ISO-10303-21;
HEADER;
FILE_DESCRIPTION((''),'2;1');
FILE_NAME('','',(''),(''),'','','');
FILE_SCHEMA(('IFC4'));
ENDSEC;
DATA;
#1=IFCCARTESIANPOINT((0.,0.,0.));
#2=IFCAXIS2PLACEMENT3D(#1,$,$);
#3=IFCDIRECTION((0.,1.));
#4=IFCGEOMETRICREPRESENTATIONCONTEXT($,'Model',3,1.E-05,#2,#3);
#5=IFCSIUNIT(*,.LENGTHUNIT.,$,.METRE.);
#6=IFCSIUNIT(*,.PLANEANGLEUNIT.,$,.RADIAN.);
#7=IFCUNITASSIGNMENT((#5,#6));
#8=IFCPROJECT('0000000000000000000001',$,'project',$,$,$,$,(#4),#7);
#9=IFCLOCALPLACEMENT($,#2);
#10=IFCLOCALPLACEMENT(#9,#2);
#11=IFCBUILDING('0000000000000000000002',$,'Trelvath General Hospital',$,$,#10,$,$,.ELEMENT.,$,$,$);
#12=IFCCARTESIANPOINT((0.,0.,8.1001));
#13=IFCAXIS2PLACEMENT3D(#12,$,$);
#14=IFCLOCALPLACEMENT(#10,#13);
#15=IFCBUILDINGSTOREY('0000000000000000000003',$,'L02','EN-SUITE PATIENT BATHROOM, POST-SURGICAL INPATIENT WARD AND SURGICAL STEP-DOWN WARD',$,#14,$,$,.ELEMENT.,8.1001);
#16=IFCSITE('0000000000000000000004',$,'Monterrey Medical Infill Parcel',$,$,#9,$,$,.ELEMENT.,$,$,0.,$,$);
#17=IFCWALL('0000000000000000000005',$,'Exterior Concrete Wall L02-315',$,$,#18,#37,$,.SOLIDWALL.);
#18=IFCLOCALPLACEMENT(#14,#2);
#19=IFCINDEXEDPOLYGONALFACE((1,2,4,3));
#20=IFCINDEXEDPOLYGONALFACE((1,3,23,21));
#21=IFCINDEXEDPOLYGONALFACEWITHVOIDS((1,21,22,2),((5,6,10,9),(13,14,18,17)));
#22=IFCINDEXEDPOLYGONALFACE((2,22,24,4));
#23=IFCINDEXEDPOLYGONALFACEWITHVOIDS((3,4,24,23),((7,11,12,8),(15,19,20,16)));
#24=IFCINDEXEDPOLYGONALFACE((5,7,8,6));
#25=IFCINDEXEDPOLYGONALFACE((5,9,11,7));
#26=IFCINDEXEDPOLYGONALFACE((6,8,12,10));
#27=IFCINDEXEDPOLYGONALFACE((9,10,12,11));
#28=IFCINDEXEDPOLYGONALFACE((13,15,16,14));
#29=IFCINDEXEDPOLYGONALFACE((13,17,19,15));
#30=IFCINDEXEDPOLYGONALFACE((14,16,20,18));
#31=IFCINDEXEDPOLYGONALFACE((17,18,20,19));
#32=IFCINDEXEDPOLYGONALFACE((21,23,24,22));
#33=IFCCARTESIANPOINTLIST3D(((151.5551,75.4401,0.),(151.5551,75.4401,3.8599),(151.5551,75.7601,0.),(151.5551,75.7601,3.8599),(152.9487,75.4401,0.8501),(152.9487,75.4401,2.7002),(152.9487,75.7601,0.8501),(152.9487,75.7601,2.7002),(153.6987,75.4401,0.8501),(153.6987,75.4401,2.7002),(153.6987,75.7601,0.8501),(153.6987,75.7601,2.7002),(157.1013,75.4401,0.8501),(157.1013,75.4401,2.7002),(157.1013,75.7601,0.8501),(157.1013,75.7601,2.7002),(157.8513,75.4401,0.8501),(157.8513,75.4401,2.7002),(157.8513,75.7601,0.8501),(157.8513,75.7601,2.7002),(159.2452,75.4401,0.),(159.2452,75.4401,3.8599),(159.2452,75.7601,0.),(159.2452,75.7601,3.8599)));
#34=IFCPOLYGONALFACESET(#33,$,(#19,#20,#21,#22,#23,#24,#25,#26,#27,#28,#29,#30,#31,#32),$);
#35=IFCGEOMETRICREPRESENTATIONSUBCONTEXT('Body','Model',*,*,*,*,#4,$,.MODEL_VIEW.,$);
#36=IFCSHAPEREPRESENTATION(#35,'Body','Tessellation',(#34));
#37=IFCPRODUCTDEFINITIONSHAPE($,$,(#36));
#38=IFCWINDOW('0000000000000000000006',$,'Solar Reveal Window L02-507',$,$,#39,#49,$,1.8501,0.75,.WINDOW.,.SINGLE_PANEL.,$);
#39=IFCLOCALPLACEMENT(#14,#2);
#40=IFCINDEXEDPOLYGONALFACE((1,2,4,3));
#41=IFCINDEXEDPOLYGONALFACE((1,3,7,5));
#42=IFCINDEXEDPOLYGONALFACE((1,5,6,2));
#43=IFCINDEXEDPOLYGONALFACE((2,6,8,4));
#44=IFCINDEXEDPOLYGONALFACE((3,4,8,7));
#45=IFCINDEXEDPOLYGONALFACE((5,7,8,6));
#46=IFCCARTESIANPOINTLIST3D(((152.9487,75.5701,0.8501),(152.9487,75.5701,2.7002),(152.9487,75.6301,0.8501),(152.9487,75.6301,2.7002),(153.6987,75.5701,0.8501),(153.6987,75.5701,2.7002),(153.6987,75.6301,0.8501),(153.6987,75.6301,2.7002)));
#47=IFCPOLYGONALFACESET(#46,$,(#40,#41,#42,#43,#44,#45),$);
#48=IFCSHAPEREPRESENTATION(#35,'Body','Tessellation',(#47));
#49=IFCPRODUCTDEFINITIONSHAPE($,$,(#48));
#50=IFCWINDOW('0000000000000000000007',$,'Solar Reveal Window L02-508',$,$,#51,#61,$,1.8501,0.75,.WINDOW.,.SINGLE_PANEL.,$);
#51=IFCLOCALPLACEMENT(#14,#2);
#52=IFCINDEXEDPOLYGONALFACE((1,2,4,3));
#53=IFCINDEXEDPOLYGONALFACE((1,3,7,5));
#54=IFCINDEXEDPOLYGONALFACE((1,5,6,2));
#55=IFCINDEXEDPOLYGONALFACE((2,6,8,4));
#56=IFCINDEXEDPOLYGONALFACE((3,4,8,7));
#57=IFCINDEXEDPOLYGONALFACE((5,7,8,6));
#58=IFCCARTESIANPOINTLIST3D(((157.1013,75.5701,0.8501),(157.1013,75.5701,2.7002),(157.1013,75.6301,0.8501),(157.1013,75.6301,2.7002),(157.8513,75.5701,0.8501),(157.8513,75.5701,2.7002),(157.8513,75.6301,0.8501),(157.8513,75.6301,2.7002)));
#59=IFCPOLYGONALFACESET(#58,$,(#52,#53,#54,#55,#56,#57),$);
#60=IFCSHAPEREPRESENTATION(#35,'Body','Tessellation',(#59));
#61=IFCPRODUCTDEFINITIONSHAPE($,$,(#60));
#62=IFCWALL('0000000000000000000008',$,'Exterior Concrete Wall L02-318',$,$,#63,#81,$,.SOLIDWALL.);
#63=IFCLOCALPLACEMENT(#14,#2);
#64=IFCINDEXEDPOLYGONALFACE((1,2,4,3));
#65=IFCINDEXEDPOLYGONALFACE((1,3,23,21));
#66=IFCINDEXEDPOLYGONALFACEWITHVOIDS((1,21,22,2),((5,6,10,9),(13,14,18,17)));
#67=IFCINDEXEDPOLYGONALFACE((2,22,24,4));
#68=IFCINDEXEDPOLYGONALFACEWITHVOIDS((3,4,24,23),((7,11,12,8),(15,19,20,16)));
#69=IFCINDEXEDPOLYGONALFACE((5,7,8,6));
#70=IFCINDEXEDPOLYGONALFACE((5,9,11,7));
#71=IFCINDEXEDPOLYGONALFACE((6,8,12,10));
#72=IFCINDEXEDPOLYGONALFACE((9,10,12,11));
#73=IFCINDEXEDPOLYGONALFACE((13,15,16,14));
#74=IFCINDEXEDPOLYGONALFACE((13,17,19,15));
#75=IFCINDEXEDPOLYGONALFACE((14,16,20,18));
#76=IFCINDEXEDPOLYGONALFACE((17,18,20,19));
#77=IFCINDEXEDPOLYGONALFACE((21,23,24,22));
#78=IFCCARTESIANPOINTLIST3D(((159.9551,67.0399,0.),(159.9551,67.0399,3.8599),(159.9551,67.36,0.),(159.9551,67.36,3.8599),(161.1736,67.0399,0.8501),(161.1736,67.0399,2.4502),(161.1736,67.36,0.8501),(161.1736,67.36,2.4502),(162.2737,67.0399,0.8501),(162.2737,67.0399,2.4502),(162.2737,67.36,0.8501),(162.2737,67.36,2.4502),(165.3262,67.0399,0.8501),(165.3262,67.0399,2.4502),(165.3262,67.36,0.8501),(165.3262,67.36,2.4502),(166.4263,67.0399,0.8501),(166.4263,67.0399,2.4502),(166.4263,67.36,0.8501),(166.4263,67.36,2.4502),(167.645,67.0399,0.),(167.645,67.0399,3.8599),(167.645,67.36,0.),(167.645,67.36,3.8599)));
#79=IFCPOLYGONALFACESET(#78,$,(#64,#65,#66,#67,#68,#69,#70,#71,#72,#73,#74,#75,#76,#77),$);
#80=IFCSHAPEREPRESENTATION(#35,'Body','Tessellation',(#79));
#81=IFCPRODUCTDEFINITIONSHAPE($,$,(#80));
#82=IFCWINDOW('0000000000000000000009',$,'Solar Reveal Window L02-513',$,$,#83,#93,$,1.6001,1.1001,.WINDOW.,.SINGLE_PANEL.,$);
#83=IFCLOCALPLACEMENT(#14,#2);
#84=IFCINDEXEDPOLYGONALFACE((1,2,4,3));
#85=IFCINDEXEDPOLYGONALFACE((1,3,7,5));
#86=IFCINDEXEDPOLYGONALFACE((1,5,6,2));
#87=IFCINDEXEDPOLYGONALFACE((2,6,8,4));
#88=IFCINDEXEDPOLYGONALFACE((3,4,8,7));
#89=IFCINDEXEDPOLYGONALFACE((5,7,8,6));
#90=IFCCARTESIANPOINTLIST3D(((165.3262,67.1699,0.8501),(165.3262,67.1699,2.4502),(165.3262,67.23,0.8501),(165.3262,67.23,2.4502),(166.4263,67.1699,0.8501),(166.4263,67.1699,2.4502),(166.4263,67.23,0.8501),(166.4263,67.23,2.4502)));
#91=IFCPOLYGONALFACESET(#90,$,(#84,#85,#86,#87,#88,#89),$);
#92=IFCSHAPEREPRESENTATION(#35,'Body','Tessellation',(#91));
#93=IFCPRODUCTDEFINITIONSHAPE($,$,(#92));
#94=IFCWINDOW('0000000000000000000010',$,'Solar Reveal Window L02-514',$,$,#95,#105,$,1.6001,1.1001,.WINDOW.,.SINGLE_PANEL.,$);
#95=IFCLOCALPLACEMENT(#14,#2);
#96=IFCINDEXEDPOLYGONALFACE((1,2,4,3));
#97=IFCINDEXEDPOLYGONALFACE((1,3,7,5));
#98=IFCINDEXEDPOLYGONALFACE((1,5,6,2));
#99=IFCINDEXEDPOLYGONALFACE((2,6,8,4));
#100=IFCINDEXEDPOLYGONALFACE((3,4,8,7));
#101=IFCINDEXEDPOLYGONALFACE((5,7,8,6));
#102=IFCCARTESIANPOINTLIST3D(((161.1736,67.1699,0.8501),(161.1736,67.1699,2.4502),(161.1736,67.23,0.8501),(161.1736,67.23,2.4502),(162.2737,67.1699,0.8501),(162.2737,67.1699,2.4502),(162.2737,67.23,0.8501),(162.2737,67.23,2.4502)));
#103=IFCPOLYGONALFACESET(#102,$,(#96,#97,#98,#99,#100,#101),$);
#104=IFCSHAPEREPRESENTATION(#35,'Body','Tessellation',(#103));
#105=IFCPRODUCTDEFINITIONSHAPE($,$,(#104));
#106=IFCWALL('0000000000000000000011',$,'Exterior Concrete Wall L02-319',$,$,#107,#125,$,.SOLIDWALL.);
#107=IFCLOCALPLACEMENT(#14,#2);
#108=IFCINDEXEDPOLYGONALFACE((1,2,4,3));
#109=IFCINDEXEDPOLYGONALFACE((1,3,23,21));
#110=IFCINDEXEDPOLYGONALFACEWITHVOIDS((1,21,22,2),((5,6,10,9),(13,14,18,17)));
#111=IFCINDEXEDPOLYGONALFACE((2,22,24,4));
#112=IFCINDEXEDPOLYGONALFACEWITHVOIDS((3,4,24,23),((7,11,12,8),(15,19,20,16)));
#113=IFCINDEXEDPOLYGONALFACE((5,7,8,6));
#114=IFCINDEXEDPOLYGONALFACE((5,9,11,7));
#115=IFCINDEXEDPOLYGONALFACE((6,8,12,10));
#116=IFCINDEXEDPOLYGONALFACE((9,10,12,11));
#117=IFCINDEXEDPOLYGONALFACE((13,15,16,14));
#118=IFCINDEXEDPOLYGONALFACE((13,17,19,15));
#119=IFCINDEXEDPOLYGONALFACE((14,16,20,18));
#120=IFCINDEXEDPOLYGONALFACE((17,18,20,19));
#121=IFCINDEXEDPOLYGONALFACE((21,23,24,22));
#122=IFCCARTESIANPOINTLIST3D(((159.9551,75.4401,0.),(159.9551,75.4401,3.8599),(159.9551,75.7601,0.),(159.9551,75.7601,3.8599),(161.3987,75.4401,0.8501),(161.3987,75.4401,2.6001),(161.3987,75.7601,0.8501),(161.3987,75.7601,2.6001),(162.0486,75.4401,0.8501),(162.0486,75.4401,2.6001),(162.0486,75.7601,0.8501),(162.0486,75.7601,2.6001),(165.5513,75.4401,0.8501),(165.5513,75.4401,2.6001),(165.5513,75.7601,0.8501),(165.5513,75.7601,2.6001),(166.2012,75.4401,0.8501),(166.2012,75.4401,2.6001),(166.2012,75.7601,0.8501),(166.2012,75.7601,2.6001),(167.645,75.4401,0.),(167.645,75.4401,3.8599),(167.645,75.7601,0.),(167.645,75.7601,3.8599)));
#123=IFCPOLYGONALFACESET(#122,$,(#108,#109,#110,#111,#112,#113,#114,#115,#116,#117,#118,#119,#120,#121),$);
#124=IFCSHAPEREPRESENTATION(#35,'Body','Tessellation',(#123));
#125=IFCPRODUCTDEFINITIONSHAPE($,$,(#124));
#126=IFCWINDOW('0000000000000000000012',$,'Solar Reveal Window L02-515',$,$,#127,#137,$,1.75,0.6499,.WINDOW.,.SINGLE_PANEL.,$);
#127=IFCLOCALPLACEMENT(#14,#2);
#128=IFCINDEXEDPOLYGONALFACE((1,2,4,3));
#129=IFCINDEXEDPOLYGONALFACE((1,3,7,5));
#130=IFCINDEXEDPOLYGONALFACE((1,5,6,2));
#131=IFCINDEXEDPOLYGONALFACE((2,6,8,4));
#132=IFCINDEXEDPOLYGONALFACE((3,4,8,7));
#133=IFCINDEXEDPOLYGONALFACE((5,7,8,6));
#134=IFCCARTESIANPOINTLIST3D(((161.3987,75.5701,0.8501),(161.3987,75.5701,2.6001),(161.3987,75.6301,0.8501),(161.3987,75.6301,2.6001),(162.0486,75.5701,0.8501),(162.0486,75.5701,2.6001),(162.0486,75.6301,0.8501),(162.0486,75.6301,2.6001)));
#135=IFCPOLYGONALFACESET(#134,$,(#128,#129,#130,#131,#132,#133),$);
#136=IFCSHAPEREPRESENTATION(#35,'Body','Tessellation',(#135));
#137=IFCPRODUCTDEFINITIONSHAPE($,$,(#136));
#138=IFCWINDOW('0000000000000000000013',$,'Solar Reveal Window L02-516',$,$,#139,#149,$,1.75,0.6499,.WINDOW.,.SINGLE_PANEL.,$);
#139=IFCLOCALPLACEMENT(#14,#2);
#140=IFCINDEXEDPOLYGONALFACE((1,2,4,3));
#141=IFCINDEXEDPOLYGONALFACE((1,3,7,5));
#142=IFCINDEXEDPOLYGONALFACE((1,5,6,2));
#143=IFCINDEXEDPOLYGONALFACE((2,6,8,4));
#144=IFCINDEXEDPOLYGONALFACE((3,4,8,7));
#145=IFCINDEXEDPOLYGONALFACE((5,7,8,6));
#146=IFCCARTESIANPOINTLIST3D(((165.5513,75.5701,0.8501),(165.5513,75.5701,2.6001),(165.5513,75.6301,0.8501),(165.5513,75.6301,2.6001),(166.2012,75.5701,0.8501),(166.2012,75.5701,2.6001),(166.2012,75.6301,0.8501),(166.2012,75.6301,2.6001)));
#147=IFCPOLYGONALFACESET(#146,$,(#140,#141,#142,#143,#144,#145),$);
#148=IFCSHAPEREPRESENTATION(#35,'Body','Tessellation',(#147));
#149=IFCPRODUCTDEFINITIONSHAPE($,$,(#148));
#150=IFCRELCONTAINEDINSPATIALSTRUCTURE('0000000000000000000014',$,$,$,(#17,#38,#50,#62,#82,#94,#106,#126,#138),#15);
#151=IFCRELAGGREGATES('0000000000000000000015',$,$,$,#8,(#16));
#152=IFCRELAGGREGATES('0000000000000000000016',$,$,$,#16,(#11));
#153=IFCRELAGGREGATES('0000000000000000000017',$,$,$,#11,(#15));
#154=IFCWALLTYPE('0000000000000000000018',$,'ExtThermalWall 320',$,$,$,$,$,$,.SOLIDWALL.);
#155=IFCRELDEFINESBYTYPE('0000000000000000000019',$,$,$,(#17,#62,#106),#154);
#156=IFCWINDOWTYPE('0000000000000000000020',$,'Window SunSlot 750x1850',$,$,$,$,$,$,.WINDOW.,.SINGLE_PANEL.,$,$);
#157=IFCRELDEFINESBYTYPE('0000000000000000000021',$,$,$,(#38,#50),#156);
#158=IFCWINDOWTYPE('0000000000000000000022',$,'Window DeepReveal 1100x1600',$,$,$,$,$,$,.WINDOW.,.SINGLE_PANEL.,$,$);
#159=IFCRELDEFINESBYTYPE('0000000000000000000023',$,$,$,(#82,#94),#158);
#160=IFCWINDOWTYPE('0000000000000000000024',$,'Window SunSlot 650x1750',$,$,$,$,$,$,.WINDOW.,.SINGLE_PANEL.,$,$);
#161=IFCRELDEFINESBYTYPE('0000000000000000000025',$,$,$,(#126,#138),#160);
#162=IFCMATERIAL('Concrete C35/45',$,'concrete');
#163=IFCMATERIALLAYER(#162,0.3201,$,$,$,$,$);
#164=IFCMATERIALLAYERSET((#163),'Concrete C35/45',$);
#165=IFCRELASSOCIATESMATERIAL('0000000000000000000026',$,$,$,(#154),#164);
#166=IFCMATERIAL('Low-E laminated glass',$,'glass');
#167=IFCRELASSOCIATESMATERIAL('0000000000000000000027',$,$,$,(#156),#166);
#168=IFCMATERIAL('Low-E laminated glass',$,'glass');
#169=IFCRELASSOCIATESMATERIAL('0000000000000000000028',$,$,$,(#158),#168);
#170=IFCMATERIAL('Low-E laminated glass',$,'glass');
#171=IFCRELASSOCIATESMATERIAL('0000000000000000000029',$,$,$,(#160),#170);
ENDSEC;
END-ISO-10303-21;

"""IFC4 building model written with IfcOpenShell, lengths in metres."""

from ifc_helpers import new_model, si_unit, direction, frame, frame_2d, origin, place, context, subcontext, project, spatial, rectangle, extrude, material, layer, layer_set, type_object, element, fill, save


model = new_model("IFC4")

# Units and contexts
model_context = context("Model", 3, precision=1e-05, world=origin(), true_north=direction((0.0, 1.0)))
body_context = subcontext(model_context, "Body", "Model", "MODEL_VIEW")
ifc_project = project(units=[si_unit("LENGTHUNIT", "METRE"), si_unit("PLANEANGLEUNIT", "RADIAN")], contexts=[model_context])

# Site, building, storey
site_placement = place(None, origin())
site = spatial("IfcSite", under=ifc_project, at=site_placement, Name="Monterrey Medical Infill Parcel", CompositionType="ELEMENT", RefElevation=0.0)
building_placement = place(site_placement, origin())
building = spatial("IfcBuilding", under=site, at=building_placement, Name="Trelvath General Hospital", CompositionType="ELEMENT")
storey_placement = place(building_placement, frame((0.0, 0.0, 8.1001)))
storey = spatial("IfcBuildingStorey", under=building, at=storey_placement, Name="L02", Description="EN-SUITE PATIENT BATHROOM, POST-SURGICAL INPATIENT WARD AND SURGICAL STEP-DOWN WARD", CompositionType="ELEMENT", Elevation=8.1001)

# Walls, openings, windows
ifc_material_1 = material(Name="Concrete C35/45", Category="concrete")
ifc_layer = layer(ifc_material_1, 0.3201)
ifc_layer_set = layer_set([ifc_layer], Name="Concrete C35/45")
wall_type = type_object("IfcWallType", Name="ExtThermalWall 320", PredefinedType="SOLIDWALL", material=ifc_layer_set)
wall_1_placement = place(storey_placement, frame((151.5549, 75.6001, 0.0), z_axis=(0.0, 0.0, 1.0), x_axis=(1.0, 0.0, 0.0)))
wall_1 = element("IfcWall", 1, at=wall_1_placement, inside=storey, type_object=wall_type, Name="Exterior Concrete Wall L02-315", PredefinedType="SOLIDWALL", context=body_context, shape_type="SweptSolid", body=[
    extrude(rectangle(XDim=7.6902, YDim=0.3201, at=frame_2d((3.8452, 0.0))), origin(), (0.0, 0.0, 1.0), 3.8599),
])
opening_1_placement = place(wall_1_placement, frame((1.3938, 0.0, 0.8501)))
opening_1 = element("IfcOpeningElement", 2, at=opening_1_placement, cuts=wall_1, PredefinedType="OPENING", context=body_context, shape_type="SweptSolid", body=[
    extrude(rectangle(XDim=0.75, YDim=1.8501, at=frame_2d((0.375, 0.925))), frame((0.0, 0.1699, 0.0), z_axis=(0.0, -1.0, 0.0), x_axis=(1.0, 0.0, 0.0)), (0.0, 0.0, 1.0), 0.3401),
])
opening_2_placement = place(wall_1_placement, frame((5.5464, 0.0, 0.8501)))
opening_2 = element("IfcOpeningElement", 3, at=opening_2_placement, cuts=wall_1, PredefinedType="OPENING", context=body_context, shape_type="SweptSolid", body=[
    extrude(rectangle(XDim=0.75, YDim=1.8501, at=frame_2d((0.375, 0.925))), frame((0.0, 0.1699, 0.0), z_axis=(0.0, -1.0, 0.0), x_axis=(1.0, 0.0, 0.0)), (0.0, 0.0, 1.0), 0.3401),
])
ifc_material_2 = material(Name="Low-E laminated glass", Category="glass")
window_type_1 = type_object("IfcWindowType", Name="Window SunSlot 750x1850", PartitioningType="SINGLE_PANEL", PredefinedType="WINDOW", material=ifc_material_2)
window_1_placement = place(opening_1_placement, origin())
window_1 = element("IfcWindow", 4, at=window_1_placement, inside=storey, type_object=window_type_1, Name="Solar Reveal Window L02-507", OverallHeight=1.8501, OverallWidth=0.75, PartitioningType="SINGLE_PANEL", PredefinedType="WINDOW", context=body_context, shape_type="SweptSolid", body=[
    extrude(rectangle(XDim=0.75, YDim=1.8501, at=frame_2d((0.375, 0.925))), frame((0.0, 0.03, 0.0), z_axis=(0.0, -1.0, 0.0), x_axis=(1.0, 0.0, 0.0)), (0.0, 0.0, 1.0), 0.0601),
])
fill(opening_1, window_1)
window_2_placement = place(opening_2_placement, origin())
window_2 = element("IfcWindow", 5, at=window_2_placement, inside=storey, type_object=window_type_1, Name="Solar Reveal Window L02-508", OverallHeight=1.8501, OverallWidth=0.75, PartitioningType="SINGLE_PANEL", PredefinedType="WINDOW", context=body_context, shape_type="SweptSolid", body=[
    extrude(rectangle(XDim=0.75, YDim=1.8501, at=frame_2d((0.375, 0.925))), frame((0.0, 0.03, 0.0), z_axis=(0.0, -1.0, 0.0), x_axis=(1.0, 0.0, 0.0)), (0.0, 0.0, 1.0), 0.0601),
])
fill(opening_2, window_2)
wall_2_placement = place(storey_placement, frame((167.645, 67.2, 0.0), z_axis=(0.0, 0.0, 1.0), x_axis=(-1.0, 0.0, 0.0)))
wall_2 = element("IfcWall", 6, at=wall_2_placement, inside=storey, type_object=wall_type, Name="Exterior Concrete Wall L02-318", PredefinedType="SOLIDWALL", context=body_context, shape_type="SweptSolid", body=[
    extrude(rectangle(XDim=7.6899, YDim=0.3201, at=frame_2d((3.845, 0.0))), origin(), (0.0, 0.0, 1.0), 3.8599),
])
opening_3_placement = place(wall_2_placement, frame((1.2188, 0.0, 0.8501)))
opening_3 = element("IfcOpeningElement", 7, at=opening_3_placement, cuts=wall_2, PredefinedType="OPENING", context=body_context, shape_type="SweptSolid", body=[
    extrude(rectangle(XDim=1.1001, YDim=1.6001, at=frame_2d((0.55, 0.8))), frame((0.0, 0.1699, 0.0), z_axis=(0.0, -1.0, 0.0), x_axis=(1.0, 0.0, 0.0)), (0.0, 0.0, 1.0), 0.3401),
])
opening_4_placement = place(wall_2_placement, frame((5.3713, 0.0, 0.8501)))
opening_4 = element("IfcOpeningElement", 8, at=opening_4_placement, cuts=wall_2, PredefinedType="OPENING", context=body_context, shape_type="SweptSolid", body=[
    extrude(rectangle(XDim=1.1001, YDim=1.6001, at=frame_2d((0.55, 0.8))), frame((0.0, 0.1699, 0.0), z_axis=(0.0, -1.0, 0.0), x_axis=(1.0, 0.0, 0.0)), (0.0, 0.0, 1.0), 0.3401),
])
ifc_material_3 = material(Name="Low-E laminated glass", Category="glass")
window_type_2 = type_object("IfcWindowType", Name="Window DeepReveal 1100x1600", PartitioningType="SINGLE_PANEL", PredefinedType="WINDOW", material=ifc_material_3)
window_3_placement = place(opening_3_placement, origin())
window_3 = element("IfcWindow", 9, at=window_3_placement, inside=storey, type_object=window_type_2, Name="Solar Reveal Window L02-513", OverallHeight=1.6001, OverallWidth=1.1001, PartitioningType="SINGLE_PANEL", PredefinedType="WINDOW", context=body_context, shape_type="SweptSolid", body=[
    extrude(rectangle(XDim=1.1001, YDim=1.6001, at=frame_2d((0.55, 0.8))), frame((0.0, 0.03, 0.0), z_axis=(0.0, -1.0, 0.0), x_axis=(1.0, 0.0, 0.0)), (0.0, 0.0, 1.0), 0.0601),
])
fill(opening_3, window_3)
window_4_placement = place(opening_4_placement, origin())
window_4 = element("IfcWindow", 10, at=window_4_placement, inside=storey, type_object=window_type_2, Name="Solar Reveal Window L02-514", OverallHeight=1.6001, OverallWidth=1.1001, PartitioningType="SINGLE_PANEL", PredefinedType="WINDOW", context=body_context, shape_type="SweptSolid", body=[
    extrude(rectangle(XDim=1.1001, YDim=1.6001, at=frame_2d((0.55, 0.8))), frame((0.0, 0.03, 0.0), z_axis=(0.0, -1.0, 0.0), x_axis=(1.0, 0.0, 0.0)), (0.0, 0.0, 1.0), 0.0601),
])
fill(opening_4, window_4)
wall_3_placement = place(storey_placement, frame((159.9551, 75.6001, 0.0), z_axis=(0.0, 0.0, 1.0), x_axis=(1.0, 0.0, 0.0)))
wall_3 = element("IfcWall", 11, at=wall_3_placement, inside=storey, type_object=wall_type, Name="Exterior Concrete Wall L02-319", PredefinedType="SOLIDWALL", context=body_context, shape_type="SweptSolid", body=[
    extrude(rectangle(XDim=7.6899, YDim=0.3201, at=frame_2d((3.845, 0.0))), origin(), (0.0, 0.0, 1.0), 3.8599),
])
opening_5_placement = place(wall_3_placement, frame((1.4436, 0.0, 0.8501)))
opening_5 = element("IfcOpeningElement", 12, at=opening_5_placement, cuts=wall_3, PredefinedType="OPENING", context=body_context, shape_type="SweptSolid", body=[
    extrude(rectangle(XDim=0.6499, YDim=1.75, at=frame_2d((0.325, 0.875))), frame((0.0, 0.1699, 0.0), z_axis=(0.0, -1.0, 0.0), x_axis=(1.0, 0.0, 0.0)), (0.0, 0.0, 1.0), 0.3401),
])
opening_6_placement = place(wall_3_placement, frame((5.5962, 0.0, 0.8501)))
opening_6 = element("IfcOpeningElement", 13, at=opening_6_placement, cuts=wall_3, PredefinedType="OPENING", context=body_context, shape_type="SweptSolid", body=[
    extrude(rectangle(XDim=0.6499, YDim=1.75, at=frame_2d((0.325, 0.875))), frame((0.0, 0.1699, 0.0), z_axis=(0.0, -1.0, 0.0), x_axis=(1.0, 0.0, 0.0)), (0.0, 0.0, 1.0), 0.3401),
])
ifc_material_4 = material(Name="Low-E laminated glass", Category="glass")
window_type_3 = type_object("IfcWindowType", Name="Window SunSlot 650x1750", PartitioningType="SINGLE_PANEL", PredefinedType="WINDOW", material=ifc_material_4)
window_5_placement = place(opening_5_placement, origin())
window_5 = element("IfcWindow", 14, at=window_5_placement, inside=storey, type_object=window_type_3, Name="Solar Reveal Window L02-515", OverallHeight=1.75, OverallWidth=0.6499, PartitioningType="SINGLE_PANEL", PredefinedType="WINDOW", context=body_context, shape_type="SweptSolid", body=[
    extrude(rectangle(XDim=0.6499, YDim=1.75, at=frame_2d((0.325, 0.875))), frame((0.0, 0.03, 0.0), z_axis=(0.0, -1.0, 0.0), x_axis=(1.0, 0.0, 0.0)), (0.0, 0.0, 1.0), 0.0601),
])
fill(opening_5, window_5)
window_6_placement = place(opening_6_placement, origin())
window_6 = element("IfcWindow", 15, at=window_6_placement, inside=storey, type_object=window_type_3, Name="Solar Reveal Window L02-516", OverallHeight=1.75, OverallWidth=0.6499, PartitioningType="SINGLE_PANEL", PredefinedType="WINDOW", context=body_context, shape_type="SweptSolid", body=[
    extrude(rectangle(XDim=0.6499, YDim=1.75, at=frame_2d((0.325, 0.875))), frame((0.0, 0.03, 0.0), z_axis=(0.0, -1.0, 0.0), x_axis=(1.0, 0.0, 0.0)), (0.0, 0.0, 1.0), 0.0601),
])
fill(opening_6, window_6)

save(model, "model.ifc")
